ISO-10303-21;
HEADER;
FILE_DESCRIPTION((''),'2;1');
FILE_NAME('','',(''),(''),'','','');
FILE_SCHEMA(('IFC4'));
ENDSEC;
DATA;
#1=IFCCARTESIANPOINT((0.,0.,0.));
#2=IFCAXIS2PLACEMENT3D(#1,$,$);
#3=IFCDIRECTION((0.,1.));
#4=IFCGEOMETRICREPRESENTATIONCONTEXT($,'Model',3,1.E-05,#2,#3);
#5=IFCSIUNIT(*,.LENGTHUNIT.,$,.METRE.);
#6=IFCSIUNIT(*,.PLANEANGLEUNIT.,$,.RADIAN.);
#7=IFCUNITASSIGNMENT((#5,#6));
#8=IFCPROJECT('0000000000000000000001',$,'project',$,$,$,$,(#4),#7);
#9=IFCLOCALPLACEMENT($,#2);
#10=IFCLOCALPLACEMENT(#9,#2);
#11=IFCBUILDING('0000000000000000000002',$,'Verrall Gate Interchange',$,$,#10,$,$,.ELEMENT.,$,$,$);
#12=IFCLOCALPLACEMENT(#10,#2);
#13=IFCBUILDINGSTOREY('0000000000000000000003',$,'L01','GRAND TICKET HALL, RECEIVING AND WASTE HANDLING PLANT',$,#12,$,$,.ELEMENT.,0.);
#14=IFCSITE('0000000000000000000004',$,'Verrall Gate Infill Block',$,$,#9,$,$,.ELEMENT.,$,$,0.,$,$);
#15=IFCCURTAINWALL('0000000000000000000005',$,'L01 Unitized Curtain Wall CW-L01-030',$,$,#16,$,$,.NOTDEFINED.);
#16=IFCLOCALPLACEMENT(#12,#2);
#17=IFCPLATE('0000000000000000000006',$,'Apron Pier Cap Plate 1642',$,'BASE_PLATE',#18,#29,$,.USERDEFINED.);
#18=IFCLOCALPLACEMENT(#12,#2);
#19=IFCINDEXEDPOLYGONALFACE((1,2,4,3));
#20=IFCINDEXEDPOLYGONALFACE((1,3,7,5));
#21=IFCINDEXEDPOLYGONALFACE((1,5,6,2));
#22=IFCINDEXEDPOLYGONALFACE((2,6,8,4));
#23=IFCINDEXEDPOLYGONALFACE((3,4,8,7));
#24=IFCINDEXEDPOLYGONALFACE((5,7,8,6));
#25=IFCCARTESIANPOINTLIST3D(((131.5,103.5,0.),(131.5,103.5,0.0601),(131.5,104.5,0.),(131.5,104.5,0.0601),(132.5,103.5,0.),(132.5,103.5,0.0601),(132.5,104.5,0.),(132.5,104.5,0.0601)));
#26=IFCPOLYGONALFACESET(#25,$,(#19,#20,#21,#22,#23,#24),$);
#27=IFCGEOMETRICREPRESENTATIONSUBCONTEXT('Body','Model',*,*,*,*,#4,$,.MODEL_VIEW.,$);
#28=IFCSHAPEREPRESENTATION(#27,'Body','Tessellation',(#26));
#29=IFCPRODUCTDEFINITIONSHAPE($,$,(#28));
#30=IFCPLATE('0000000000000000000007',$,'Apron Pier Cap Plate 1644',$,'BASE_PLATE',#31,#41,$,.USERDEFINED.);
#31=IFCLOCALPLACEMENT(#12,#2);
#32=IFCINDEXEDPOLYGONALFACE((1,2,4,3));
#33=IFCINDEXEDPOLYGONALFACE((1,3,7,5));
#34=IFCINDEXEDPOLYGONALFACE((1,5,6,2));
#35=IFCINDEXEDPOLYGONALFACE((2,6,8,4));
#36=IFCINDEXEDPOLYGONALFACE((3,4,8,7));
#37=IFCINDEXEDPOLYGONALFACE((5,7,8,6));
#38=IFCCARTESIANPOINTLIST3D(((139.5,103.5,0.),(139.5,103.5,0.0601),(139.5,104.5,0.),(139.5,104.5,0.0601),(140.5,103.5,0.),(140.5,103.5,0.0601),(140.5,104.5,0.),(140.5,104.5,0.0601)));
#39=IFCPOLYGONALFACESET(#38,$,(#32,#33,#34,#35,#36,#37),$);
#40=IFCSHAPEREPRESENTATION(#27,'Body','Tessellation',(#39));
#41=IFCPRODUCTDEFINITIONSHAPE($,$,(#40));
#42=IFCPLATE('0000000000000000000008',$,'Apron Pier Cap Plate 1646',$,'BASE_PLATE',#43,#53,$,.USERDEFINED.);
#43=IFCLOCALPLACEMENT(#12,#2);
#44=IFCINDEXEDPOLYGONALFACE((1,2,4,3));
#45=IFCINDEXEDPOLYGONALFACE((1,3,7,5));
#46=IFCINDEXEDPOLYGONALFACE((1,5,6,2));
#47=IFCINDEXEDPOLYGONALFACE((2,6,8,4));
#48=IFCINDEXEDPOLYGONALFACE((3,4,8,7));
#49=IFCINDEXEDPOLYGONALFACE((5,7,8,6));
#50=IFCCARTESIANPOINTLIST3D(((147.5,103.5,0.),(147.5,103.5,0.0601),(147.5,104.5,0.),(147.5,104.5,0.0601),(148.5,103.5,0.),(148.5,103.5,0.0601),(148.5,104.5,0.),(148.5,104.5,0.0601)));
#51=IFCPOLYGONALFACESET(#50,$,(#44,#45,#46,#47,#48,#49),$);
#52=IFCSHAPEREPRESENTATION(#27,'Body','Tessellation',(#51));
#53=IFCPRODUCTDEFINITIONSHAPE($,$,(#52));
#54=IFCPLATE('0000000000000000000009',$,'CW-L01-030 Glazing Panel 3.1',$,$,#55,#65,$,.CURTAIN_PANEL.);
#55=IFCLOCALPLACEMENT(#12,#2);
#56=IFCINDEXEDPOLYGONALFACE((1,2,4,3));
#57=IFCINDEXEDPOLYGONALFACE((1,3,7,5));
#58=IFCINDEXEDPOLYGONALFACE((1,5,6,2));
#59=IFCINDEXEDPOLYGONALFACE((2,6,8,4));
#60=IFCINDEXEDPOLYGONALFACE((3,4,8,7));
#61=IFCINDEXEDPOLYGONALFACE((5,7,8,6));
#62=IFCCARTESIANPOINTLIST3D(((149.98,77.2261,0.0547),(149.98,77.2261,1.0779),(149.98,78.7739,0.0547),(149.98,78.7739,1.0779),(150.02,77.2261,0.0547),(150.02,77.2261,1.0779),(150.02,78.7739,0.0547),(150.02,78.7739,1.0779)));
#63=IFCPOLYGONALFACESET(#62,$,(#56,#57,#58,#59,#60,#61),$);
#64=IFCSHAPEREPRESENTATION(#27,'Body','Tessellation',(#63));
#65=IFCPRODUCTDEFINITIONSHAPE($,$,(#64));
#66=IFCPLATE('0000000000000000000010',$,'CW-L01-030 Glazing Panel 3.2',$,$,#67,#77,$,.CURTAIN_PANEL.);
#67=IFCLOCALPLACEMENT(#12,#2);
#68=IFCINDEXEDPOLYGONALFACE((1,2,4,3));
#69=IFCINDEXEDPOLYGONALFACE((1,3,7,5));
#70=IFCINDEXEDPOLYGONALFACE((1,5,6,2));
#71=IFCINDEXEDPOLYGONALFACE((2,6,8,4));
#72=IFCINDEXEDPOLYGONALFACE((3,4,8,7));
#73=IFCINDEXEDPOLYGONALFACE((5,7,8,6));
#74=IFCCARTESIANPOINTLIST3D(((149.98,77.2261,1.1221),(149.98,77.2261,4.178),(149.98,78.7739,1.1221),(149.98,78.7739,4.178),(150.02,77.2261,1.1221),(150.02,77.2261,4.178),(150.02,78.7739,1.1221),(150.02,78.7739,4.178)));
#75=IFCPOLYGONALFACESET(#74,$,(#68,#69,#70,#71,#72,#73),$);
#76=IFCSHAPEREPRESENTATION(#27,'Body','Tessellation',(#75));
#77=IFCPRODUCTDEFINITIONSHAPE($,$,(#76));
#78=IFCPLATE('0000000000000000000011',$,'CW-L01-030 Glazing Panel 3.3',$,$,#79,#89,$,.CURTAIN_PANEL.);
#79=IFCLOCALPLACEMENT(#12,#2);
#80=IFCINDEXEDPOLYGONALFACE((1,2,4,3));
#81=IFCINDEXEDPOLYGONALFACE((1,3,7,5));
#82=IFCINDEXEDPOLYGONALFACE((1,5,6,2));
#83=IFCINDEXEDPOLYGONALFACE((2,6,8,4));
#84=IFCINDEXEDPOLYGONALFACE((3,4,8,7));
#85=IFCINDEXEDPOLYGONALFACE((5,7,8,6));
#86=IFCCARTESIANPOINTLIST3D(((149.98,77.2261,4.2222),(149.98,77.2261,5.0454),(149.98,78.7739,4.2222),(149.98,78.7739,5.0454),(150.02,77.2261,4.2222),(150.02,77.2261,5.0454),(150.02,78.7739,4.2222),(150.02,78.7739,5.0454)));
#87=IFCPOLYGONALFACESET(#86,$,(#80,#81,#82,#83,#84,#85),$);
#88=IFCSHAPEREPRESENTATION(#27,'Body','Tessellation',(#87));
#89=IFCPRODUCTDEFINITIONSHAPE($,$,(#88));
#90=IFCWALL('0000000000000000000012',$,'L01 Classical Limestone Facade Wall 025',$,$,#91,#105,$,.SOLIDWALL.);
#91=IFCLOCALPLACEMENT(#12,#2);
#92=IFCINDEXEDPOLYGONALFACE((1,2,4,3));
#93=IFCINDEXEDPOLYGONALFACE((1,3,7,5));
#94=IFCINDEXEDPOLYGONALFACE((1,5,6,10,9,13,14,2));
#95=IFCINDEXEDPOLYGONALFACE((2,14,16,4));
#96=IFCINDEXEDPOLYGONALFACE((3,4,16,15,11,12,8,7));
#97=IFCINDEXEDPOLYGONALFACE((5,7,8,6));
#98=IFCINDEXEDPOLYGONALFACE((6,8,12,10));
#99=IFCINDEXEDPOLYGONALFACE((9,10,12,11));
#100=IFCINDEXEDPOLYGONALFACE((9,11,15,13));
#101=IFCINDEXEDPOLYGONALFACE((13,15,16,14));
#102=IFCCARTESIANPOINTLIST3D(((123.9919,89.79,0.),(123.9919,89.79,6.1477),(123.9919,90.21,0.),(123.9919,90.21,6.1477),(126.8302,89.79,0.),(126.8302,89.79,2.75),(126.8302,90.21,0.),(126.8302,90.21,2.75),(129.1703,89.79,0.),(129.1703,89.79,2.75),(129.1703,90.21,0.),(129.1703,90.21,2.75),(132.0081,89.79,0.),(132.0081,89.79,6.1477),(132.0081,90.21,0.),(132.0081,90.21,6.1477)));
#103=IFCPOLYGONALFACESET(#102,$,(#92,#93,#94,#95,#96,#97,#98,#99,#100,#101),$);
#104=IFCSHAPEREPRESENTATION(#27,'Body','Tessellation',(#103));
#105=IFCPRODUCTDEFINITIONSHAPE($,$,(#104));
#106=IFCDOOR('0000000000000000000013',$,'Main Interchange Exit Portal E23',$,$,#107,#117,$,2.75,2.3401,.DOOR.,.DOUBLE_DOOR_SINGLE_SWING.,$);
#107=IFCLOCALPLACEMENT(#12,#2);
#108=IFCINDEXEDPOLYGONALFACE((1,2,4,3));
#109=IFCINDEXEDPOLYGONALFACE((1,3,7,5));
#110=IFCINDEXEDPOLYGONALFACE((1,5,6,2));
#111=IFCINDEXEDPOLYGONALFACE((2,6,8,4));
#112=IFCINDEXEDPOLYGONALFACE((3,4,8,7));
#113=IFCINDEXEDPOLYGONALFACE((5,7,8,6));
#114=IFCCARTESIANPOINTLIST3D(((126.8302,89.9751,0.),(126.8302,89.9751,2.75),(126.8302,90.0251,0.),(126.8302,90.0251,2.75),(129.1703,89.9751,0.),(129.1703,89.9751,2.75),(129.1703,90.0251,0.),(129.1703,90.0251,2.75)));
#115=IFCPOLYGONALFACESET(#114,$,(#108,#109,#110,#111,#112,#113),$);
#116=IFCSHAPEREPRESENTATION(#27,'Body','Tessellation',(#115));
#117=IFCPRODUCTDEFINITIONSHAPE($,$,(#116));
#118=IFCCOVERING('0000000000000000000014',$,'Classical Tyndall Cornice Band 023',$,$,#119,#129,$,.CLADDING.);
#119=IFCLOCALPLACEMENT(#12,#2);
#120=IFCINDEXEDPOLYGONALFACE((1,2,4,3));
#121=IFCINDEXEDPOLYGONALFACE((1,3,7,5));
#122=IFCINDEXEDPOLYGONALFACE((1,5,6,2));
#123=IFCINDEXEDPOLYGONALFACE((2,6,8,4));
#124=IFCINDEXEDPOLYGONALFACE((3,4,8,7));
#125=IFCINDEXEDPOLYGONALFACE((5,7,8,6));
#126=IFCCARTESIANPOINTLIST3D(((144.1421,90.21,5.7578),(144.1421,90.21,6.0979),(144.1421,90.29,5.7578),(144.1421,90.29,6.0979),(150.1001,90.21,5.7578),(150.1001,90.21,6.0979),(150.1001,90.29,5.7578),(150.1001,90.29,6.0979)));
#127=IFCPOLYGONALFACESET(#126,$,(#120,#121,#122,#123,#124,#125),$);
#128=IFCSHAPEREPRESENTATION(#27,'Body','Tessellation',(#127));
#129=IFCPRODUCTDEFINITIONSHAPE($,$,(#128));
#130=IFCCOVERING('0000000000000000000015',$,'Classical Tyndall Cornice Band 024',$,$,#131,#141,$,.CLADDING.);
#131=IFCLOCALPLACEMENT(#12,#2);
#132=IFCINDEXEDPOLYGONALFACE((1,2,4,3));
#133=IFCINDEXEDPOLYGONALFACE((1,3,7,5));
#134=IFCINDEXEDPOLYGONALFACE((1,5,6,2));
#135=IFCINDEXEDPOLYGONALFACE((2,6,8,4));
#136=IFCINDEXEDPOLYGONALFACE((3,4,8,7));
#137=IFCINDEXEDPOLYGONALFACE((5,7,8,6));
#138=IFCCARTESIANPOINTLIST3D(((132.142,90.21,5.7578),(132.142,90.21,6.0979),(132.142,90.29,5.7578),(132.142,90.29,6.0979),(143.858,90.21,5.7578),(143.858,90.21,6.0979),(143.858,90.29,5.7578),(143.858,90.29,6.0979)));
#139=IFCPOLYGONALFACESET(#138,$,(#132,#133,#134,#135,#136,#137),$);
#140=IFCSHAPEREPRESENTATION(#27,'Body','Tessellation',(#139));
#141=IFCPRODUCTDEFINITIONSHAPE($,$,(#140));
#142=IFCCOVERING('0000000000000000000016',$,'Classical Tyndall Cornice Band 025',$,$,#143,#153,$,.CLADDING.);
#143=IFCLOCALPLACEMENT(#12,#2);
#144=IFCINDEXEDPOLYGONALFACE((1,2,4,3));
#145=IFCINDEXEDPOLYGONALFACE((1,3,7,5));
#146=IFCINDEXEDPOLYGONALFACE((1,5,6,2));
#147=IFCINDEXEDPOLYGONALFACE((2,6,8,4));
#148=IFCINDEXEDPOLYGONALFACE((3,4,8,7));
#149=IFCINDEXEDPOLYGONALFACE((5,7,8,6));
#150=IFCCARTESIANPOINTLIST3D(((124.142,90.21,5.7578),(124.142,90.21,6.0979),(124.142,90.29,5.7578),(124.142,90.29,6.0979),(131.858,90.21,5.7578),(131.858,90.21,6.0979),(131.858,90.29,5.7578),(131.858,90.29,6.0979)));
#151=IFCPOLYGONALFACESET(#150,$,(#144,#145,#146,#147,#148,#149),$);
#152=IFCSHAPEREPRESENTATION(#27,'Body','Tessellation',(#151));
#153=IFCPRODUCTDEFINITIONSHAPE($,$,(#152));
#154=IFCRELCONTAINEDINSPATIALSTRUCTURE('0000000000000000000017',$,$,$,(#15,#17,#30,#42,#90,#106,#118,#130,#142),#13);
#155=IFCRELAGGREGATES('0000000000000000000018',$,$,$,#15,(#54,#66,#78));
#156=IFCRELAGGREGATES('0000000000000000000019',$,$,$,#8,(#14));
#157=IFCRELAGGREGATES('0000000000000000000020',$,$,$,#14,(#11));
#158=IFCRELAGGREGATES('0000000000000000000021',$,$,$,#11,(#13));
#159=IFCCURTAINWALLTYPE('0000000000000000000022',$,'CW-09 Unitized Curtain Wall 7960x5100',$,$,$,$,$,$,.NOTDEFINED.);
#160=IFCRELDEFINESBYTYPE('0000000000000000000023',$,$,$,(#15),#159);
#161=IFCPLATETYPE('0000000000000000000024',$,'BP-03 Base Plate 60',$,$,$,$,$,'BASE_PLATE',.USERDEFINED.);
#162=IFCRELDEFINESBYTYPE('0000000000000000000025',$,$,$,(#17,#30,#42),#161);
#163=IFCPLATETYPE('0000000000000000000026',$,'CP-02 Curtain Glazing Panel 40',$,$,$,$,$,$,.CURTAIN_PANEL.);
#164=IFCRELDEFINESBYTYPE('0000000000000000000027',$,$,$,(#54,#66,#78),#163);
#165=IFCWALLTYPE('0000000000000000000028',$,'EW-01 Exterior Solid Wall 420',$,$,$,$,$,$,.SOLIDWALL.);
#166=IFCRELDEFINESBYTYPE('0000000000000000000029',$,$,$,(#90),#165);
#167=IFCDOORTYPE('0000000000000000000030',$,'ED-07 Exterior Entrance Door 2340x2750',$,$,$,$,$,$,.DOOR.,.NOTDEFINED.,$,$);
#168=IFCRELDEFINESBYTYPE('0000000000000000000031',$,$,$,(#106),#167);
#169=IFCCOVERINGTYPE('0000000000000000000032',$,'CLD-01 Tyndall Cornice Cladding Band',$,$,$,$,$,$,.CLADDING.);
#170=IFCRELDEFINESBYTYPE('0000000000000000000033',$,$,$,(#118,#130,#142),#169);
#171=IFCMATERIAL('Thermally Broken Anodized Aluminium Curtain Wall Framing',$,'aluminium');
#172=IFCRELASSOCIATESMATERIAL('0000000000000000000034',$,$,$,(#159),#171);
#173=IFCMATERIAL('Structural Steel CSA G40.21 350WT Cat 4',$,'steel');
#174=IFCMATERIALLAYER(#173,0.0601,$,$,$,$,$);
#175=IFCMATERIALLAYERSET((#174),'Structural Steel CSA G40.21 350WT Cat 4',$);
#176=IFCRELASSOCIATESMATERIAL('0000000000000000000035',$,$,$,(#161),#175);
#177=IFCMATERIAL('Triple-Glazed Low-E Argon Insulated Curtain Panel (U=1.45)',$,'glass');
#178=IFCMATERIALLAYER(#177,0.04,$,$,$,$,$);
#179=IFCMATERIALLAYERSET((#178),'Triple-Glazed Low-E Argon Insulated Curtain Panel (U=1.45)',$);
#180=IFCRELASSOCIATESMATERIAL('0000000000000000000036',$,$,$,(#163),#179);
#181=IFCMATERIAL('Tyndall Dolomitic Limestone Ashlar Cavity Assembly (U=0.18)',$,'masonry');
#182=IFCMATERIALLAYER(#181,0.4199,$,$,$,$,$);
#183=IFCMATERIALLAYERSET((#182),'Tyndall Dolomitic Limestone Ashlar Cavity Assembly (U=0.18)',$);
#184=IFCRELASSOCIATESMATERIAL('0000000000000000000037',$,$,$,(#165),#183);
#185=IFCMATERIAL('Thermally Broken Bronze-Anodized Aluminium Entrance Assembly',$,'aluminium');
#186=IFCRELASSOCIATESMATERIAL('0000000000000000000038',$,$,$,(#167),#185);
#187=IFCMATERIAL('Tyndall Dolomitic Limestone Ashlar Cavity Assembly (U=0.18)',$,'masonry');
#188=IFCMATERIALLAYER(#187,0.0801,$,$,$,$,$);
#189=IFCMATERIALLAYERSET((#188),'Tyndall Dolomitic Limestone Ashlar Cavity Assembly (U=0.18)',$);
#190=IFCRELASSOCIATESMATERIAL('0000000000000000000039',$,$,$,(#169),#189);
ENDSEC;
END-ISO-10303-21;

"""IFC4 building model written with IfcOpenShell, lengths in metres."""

from ifc_helpers import new_model, si_unit, direction, frame, frame_2d, origin, origin_2d, place, context, subcontext, project, spatial, rectangle, extrude, material, layer, layer_set, type_object, element, fill, aggregate, save


model = new_model("IFC4")

# Units and contexts
model_context = context("Model", 3, precision=1e-05, world=origin(), true_north=direction((0.0, 1.0)))
body_context = subcontext(model_context, "Body", "Model", "MODEL_VIEW")
ifc_project = project(units=[si_unit("LENGTHUNIT", "METRE"), si_unit("PLANEANGLEUNIT", "RADIAN")], contexts=[model_context])

# Site, building, storey
site_placement = place(None, origin())
site = spatial("IfcSite", under=ifc_project, at=site_placement, Name="Verrall Gate Infill Block", CompositionType="ELEMENT", RefElevation=0.0)
building_placement = place(site_placement, origin())
building = spatial("IfcBuilding", under=site, at=building_placement, Name="Verrall Gate Interchange", CompositionType="ELEMENT")
storey_placement = place(building_placement, origin())
storey = spatial("IfcBuildingStorey", under=building, at=storey_placement, Name="L01", Description="GRAND TICKET HALL, RECEIVING AND WASTE HANDLING PLANT", CompositionType="ELEMENT", Elevation=0.0)

# Curtain wall
ifc_material_1 = material(Name="Thermally Broken Anodized Aluminium Curtain Wall Framing", Category="aluminium")
curtain_wall_type = type_object("IfcCurtainWallType", Name="CW-09 Unitized Curtain Wall 7960x5100", PredefinedType="NOTDEFINED", material=ifc_material_1)
curtain_wall_placement = place(storey_placement, origin())
curtain_wall = element("IfcCurtainWall", 1, at=curtain_wall_placement, inside=storey, type_object=curtain_wall_type, Name="L01 Unitized Curtain Wall CW-L01-030", PredefinedType="NOTDEFINED")

# Plates
ifc_material_2 = material(Name="Structural Steel CSA G40.21 350WT Cat 4", Category="steel")
ifc_layer_1 = layer(ifc_material_2, 0.0601)
ifc_layer_set_1 = layer_set([ifc_layer_1], Name="Structural Steel CSA G40.21 350WT Cat 4")
plate_type_1 = type_object("IfcPlateType", Name="BP-03 Base Plate 60", ElementType="BASE_PLATE", PredefinedType="USERDEFINED", material=ifc_layer_set_1)
for number, where, z_axis, x_axis, name in (
    (2, (132.0, 104.0, 0.0), (0.0, 0.0, 1.0), (1.0, 0.0, 0.0), "Apron Pier Cap Plate 1642"),
    (3, (140.0, 104.0, 0.0), (0.0, 0.0, 1.0), (1.0, 0.0, 0.0), "Apron Pier Cap Plate 1644"),
    (4, (148.0, 104.0, 0.0), (0.0, 0.0, 1.0), (1.0, 0.0, 0.0), "Apron Pier Cap Plate 1646"),
):
    element("IfcPlate", number, at=place(storey_placement, frame(where, z_axis=z_axis, x_axis=x_axis)), inside=storey, type_object=plate_type_1, Name=name, ObjectType="BASE_PLATE", PredefinedType="USERDEFINED", context=body_context, shape_type="SweptSolid", body=[
        extrude(rectangle(XDim=1.0, YDim=1.0, at=origin_2d()), origin(), (0.0, 0.0, 1.0), 0.0601),
    ])

# Plates
ifc_material_3 = material(Name="Triple-Glazed Low-E Argon Insulated Curtain Panel (U=1.45)", Category="glass")
ifc_layer_2 = layer(ifc_material_3, 0.04)
ifc_layer_set_2 = layer_set([ifc_layer_2], Name="Triple-Glazed Low-E Argon Insulated Curtain Panel (U=1.45)")
plate_type_2 = type_object("IfcPlateType", Name="CP-02 Curtain Glazing Panel 40", PredefinedType="CURTAIN_PANEL", material=ifc_layer_set_2)
plate_1_placement = place(storey_placement, frame((150.0, 78.0, 0.0547), z_axis=(0.0, 0.0, 1.0), x_axis=(0.0, 1.0, 0.0)))
plate_1 = element("IfcPlate", 5, at=plate_1_placement, type_object=plate_type_2, Name="CW-L01-030 Glazing Panel 3.1", PredefinedType="CURTAIN_PANEL", context=body_context, shape_type="SweptSolid", body=[
    extrude(rectangle(XDim=1.5479, YDim=0.04, at=origin_2d()), origin(), (0.0, 0.0, 1.0), 1.0232),
])
plate_2_placement = place(storey_placement, frame((150.0, 78.0, 1.1221), z_axis=(0.0, 0.0, 1.0), x_axis=(0.0, 1.0, 0.0)))
plate_2 = element("IfcPlate", 6, at=plate_2_placement, type_object=plate_type_2, Name="CW-L01-030 Glazing Panel 3.2", PredefinedType="CURTAIN_PANEL", context=body_context, shape_type="SweptSolid", body=[
    extrude(rectangle(XDim=1.5479, YDim=0.04, at=origin_2d()), origin(), (0.0, 0.0, 1.0), 3.0559),
])
plate_3_placement = place(storey_placement, frame((150.0, 78.0, 4.2222), z_axis=(0.0, 0.0, 1.0), x_axis=(0.0, 1.0, 0.0)))
plate_3 = element("IfcPlate", 7, at=plate_3_placement, type_object=plate_type_2, Name="CW-L01-030 Glazing Panel 3.3", PredefinedType="CURTAIN_PANEL", context=body_context, shape_type="SweptSolid", body=[
    extrude(rectangle(XDim=1.5479, YDim=0.04, at=origin_2d()), origin(), (0.0, 0.0, 1.0), 0.8232),
])
aggregate(curtain_wall, [plate_1, plate_2, plate_3])

# Wall, opening, door
ifc_material_4 = material(Name="Tyndall Dolomitic Limestone Ashlar Cavity Assembly (U=0.18)", Category="masonry")
ifc_layer_3 = layer(ifc_material_4, 0.4199)
ifc_layer_set_3 = layer_set([ifc_layer_3], Name="Tyndall Dolomitic Limestone Ashlar Cavity Assembly (U=0.18)")
wall_type = type_object("IfcWallType", Name="EW-01 Exterior Solid Wall 420", PredefinedType="SOLIDWALL", material=ifc_layer_set_3)
wall_1_placement = place(storey_placement, frame((132.0081, 90.0, 0.0), z_axis=(0.0, 0.0, 1.0), x_axis=(-1.0, 0.0, 0.0)))
wall_1 = element("IfcWall", 8, at=wall_1_placement, inside=storey, type_object=wall_type, Name="L01 Classical Limestone Facade Wall 025", PredefinedType="SOLIDWALL", context=body_context, shape_type="SweptSolid", body=[
    extrude(rectangle(XDim=8.0161, YDim=0.4199, at=frame_2d((4.0081, 0.0))), origin(), (0.0, 0.0, 1.0), 6.1477),
])
opening_1_placement = place(wall_1_placement, frame((2.8379, 0.0, 0.0)))
opening_1 = element("IfcOpeningElement", 9, at=opening_1_placement, cuts=wall_1, PredefinedType="OPENING", context=body_context, shape_type="SweptSolid", body=[
    extrude(rectangle(XDim=2.3401, YDim=2.75, at=frame_2d((1.1699, 1.375))), frame((0.0, 0.2249, 0.0), z_axis=(0.0, -1.0, 0.0), x_axis=(1.0, 0.0, 0.0)), (0.0, 0.0, 1.0), 0.4497),
])
ifc_material_5 = material(Name="Thermally Broken Bronze-Anodized Aluminium Entrance Assembly", Category="aluminium")
door_type_1 = type_object("IfcDoorType", Name="ED-07 Exterior Entrance Door 2340x2750", OperationType="NOTDEFINED", PredefinedType="DOOR", material=ifc_material_5)
door_1_placement = place(opening_1_placement, origin())
door_1 = element("IfcDoor", 10, at=door_1_placement, inside=storey, type_object=door_type_1, Name="Main Interchange Exit Portal E23", OperationType="DOUBLE_DOOR_SINGLE_SWING", OverallHeight=2.75, OverallWidth=2.3401, PredefinedType="DOOR", context=body_context, shape_type="SweptSolid", body=[
    extrude(rectangle(XDim=2.3401, YDim=2.75, at=frame_2d((1.1699, 1.375))), frame((0.0, 0.0249, 0.0), z_axis=(0.0, -1.0, 0.0), x_axis=(1.0, 0.0, 0.0)), (0.0, 0.0, 1.0), 0.05),
])
fill(opening_1, door_1)

# Coverings
ifc_material_6 = material(Name="Tyndall Dolomitic Limestone Ashlar Cavity Assembly (U=0.18)", Category="masonry")
ifc_layer_4 = layer(ifc_material_6, 0.0801)
ifc_layer_set_4 = layer_set([ifc_layer_4], Name="Tyndall Dolomitic Limestone Ashlar Cavity Assembly (U=0.18)")
covering_type = type_object("IfcCoveringType", Name="CLD-01 Tyndall Cornice Cladding Band", PredefinedType="CLADDING", material=ifc_layer_set_4)
covering_1_placement = place(storey_placement, frame((147.1211, 90.25, 5.7578), z_axis=(0.0, 0.0, 1.0), x_axis=(-1.0, 0.0, 0.0)))
element("IfcCovering", 11, at=covering_1_placement, inside=storey, type_object=covering_type, Name="Classical Tyndall Cornice Band 023", PredefinedType="CLADDING", context=body_context, shape_type="SweptSolid", body=[
    extrude(rectangle(XDim=5.958, YDim=0.0801, at=origin_2d()), origin(), (0.0, 0.0, 1.0), 0.3401),
])
covering_2_placement = place(storey_placement, frame((138.0, 90.25, 5.7578), z_axis=(0.0, 0.0, 1.0), x_axis=(-1.0, 0.0, 0.0)))
element("IfcCovering", 12, at=covering_2_placement, inside=storey, type_object=covering_type, Name="Classical Tyndall Cornice Band 024", PredefinedType="CLADDING", context=body_context, shape_type="SweptSolid", body=[
    extrude(rectangle(XDim=11.7161, YDim=0.0801, at=origin_2d()), origin(), (0.0, 0.0, 1.0), 0.3401),
])
covering_3_placement = place(storey_placement, frame((128.0, 90.25, 5.7578), z_axis=(0.0, 0.0, 1.0), x_axis=(-1.0, 0.0, 0.0)))
element("IfcCovering", 13, at=covering_3_placement, inside=storey, type_object=covering_type, Name="Classical Tyndall Cornice Band 025", PredefinedType="CLADDING", context=body_context, shape_type="SweptSolid", body=[
    extrude(rectangle(XDim=7.7161, YDim=0.0801, at=origin_2d()), origin(), (0.0, 0.0, 1.0), 0.3401),
])

save(model, "model.ifc")
